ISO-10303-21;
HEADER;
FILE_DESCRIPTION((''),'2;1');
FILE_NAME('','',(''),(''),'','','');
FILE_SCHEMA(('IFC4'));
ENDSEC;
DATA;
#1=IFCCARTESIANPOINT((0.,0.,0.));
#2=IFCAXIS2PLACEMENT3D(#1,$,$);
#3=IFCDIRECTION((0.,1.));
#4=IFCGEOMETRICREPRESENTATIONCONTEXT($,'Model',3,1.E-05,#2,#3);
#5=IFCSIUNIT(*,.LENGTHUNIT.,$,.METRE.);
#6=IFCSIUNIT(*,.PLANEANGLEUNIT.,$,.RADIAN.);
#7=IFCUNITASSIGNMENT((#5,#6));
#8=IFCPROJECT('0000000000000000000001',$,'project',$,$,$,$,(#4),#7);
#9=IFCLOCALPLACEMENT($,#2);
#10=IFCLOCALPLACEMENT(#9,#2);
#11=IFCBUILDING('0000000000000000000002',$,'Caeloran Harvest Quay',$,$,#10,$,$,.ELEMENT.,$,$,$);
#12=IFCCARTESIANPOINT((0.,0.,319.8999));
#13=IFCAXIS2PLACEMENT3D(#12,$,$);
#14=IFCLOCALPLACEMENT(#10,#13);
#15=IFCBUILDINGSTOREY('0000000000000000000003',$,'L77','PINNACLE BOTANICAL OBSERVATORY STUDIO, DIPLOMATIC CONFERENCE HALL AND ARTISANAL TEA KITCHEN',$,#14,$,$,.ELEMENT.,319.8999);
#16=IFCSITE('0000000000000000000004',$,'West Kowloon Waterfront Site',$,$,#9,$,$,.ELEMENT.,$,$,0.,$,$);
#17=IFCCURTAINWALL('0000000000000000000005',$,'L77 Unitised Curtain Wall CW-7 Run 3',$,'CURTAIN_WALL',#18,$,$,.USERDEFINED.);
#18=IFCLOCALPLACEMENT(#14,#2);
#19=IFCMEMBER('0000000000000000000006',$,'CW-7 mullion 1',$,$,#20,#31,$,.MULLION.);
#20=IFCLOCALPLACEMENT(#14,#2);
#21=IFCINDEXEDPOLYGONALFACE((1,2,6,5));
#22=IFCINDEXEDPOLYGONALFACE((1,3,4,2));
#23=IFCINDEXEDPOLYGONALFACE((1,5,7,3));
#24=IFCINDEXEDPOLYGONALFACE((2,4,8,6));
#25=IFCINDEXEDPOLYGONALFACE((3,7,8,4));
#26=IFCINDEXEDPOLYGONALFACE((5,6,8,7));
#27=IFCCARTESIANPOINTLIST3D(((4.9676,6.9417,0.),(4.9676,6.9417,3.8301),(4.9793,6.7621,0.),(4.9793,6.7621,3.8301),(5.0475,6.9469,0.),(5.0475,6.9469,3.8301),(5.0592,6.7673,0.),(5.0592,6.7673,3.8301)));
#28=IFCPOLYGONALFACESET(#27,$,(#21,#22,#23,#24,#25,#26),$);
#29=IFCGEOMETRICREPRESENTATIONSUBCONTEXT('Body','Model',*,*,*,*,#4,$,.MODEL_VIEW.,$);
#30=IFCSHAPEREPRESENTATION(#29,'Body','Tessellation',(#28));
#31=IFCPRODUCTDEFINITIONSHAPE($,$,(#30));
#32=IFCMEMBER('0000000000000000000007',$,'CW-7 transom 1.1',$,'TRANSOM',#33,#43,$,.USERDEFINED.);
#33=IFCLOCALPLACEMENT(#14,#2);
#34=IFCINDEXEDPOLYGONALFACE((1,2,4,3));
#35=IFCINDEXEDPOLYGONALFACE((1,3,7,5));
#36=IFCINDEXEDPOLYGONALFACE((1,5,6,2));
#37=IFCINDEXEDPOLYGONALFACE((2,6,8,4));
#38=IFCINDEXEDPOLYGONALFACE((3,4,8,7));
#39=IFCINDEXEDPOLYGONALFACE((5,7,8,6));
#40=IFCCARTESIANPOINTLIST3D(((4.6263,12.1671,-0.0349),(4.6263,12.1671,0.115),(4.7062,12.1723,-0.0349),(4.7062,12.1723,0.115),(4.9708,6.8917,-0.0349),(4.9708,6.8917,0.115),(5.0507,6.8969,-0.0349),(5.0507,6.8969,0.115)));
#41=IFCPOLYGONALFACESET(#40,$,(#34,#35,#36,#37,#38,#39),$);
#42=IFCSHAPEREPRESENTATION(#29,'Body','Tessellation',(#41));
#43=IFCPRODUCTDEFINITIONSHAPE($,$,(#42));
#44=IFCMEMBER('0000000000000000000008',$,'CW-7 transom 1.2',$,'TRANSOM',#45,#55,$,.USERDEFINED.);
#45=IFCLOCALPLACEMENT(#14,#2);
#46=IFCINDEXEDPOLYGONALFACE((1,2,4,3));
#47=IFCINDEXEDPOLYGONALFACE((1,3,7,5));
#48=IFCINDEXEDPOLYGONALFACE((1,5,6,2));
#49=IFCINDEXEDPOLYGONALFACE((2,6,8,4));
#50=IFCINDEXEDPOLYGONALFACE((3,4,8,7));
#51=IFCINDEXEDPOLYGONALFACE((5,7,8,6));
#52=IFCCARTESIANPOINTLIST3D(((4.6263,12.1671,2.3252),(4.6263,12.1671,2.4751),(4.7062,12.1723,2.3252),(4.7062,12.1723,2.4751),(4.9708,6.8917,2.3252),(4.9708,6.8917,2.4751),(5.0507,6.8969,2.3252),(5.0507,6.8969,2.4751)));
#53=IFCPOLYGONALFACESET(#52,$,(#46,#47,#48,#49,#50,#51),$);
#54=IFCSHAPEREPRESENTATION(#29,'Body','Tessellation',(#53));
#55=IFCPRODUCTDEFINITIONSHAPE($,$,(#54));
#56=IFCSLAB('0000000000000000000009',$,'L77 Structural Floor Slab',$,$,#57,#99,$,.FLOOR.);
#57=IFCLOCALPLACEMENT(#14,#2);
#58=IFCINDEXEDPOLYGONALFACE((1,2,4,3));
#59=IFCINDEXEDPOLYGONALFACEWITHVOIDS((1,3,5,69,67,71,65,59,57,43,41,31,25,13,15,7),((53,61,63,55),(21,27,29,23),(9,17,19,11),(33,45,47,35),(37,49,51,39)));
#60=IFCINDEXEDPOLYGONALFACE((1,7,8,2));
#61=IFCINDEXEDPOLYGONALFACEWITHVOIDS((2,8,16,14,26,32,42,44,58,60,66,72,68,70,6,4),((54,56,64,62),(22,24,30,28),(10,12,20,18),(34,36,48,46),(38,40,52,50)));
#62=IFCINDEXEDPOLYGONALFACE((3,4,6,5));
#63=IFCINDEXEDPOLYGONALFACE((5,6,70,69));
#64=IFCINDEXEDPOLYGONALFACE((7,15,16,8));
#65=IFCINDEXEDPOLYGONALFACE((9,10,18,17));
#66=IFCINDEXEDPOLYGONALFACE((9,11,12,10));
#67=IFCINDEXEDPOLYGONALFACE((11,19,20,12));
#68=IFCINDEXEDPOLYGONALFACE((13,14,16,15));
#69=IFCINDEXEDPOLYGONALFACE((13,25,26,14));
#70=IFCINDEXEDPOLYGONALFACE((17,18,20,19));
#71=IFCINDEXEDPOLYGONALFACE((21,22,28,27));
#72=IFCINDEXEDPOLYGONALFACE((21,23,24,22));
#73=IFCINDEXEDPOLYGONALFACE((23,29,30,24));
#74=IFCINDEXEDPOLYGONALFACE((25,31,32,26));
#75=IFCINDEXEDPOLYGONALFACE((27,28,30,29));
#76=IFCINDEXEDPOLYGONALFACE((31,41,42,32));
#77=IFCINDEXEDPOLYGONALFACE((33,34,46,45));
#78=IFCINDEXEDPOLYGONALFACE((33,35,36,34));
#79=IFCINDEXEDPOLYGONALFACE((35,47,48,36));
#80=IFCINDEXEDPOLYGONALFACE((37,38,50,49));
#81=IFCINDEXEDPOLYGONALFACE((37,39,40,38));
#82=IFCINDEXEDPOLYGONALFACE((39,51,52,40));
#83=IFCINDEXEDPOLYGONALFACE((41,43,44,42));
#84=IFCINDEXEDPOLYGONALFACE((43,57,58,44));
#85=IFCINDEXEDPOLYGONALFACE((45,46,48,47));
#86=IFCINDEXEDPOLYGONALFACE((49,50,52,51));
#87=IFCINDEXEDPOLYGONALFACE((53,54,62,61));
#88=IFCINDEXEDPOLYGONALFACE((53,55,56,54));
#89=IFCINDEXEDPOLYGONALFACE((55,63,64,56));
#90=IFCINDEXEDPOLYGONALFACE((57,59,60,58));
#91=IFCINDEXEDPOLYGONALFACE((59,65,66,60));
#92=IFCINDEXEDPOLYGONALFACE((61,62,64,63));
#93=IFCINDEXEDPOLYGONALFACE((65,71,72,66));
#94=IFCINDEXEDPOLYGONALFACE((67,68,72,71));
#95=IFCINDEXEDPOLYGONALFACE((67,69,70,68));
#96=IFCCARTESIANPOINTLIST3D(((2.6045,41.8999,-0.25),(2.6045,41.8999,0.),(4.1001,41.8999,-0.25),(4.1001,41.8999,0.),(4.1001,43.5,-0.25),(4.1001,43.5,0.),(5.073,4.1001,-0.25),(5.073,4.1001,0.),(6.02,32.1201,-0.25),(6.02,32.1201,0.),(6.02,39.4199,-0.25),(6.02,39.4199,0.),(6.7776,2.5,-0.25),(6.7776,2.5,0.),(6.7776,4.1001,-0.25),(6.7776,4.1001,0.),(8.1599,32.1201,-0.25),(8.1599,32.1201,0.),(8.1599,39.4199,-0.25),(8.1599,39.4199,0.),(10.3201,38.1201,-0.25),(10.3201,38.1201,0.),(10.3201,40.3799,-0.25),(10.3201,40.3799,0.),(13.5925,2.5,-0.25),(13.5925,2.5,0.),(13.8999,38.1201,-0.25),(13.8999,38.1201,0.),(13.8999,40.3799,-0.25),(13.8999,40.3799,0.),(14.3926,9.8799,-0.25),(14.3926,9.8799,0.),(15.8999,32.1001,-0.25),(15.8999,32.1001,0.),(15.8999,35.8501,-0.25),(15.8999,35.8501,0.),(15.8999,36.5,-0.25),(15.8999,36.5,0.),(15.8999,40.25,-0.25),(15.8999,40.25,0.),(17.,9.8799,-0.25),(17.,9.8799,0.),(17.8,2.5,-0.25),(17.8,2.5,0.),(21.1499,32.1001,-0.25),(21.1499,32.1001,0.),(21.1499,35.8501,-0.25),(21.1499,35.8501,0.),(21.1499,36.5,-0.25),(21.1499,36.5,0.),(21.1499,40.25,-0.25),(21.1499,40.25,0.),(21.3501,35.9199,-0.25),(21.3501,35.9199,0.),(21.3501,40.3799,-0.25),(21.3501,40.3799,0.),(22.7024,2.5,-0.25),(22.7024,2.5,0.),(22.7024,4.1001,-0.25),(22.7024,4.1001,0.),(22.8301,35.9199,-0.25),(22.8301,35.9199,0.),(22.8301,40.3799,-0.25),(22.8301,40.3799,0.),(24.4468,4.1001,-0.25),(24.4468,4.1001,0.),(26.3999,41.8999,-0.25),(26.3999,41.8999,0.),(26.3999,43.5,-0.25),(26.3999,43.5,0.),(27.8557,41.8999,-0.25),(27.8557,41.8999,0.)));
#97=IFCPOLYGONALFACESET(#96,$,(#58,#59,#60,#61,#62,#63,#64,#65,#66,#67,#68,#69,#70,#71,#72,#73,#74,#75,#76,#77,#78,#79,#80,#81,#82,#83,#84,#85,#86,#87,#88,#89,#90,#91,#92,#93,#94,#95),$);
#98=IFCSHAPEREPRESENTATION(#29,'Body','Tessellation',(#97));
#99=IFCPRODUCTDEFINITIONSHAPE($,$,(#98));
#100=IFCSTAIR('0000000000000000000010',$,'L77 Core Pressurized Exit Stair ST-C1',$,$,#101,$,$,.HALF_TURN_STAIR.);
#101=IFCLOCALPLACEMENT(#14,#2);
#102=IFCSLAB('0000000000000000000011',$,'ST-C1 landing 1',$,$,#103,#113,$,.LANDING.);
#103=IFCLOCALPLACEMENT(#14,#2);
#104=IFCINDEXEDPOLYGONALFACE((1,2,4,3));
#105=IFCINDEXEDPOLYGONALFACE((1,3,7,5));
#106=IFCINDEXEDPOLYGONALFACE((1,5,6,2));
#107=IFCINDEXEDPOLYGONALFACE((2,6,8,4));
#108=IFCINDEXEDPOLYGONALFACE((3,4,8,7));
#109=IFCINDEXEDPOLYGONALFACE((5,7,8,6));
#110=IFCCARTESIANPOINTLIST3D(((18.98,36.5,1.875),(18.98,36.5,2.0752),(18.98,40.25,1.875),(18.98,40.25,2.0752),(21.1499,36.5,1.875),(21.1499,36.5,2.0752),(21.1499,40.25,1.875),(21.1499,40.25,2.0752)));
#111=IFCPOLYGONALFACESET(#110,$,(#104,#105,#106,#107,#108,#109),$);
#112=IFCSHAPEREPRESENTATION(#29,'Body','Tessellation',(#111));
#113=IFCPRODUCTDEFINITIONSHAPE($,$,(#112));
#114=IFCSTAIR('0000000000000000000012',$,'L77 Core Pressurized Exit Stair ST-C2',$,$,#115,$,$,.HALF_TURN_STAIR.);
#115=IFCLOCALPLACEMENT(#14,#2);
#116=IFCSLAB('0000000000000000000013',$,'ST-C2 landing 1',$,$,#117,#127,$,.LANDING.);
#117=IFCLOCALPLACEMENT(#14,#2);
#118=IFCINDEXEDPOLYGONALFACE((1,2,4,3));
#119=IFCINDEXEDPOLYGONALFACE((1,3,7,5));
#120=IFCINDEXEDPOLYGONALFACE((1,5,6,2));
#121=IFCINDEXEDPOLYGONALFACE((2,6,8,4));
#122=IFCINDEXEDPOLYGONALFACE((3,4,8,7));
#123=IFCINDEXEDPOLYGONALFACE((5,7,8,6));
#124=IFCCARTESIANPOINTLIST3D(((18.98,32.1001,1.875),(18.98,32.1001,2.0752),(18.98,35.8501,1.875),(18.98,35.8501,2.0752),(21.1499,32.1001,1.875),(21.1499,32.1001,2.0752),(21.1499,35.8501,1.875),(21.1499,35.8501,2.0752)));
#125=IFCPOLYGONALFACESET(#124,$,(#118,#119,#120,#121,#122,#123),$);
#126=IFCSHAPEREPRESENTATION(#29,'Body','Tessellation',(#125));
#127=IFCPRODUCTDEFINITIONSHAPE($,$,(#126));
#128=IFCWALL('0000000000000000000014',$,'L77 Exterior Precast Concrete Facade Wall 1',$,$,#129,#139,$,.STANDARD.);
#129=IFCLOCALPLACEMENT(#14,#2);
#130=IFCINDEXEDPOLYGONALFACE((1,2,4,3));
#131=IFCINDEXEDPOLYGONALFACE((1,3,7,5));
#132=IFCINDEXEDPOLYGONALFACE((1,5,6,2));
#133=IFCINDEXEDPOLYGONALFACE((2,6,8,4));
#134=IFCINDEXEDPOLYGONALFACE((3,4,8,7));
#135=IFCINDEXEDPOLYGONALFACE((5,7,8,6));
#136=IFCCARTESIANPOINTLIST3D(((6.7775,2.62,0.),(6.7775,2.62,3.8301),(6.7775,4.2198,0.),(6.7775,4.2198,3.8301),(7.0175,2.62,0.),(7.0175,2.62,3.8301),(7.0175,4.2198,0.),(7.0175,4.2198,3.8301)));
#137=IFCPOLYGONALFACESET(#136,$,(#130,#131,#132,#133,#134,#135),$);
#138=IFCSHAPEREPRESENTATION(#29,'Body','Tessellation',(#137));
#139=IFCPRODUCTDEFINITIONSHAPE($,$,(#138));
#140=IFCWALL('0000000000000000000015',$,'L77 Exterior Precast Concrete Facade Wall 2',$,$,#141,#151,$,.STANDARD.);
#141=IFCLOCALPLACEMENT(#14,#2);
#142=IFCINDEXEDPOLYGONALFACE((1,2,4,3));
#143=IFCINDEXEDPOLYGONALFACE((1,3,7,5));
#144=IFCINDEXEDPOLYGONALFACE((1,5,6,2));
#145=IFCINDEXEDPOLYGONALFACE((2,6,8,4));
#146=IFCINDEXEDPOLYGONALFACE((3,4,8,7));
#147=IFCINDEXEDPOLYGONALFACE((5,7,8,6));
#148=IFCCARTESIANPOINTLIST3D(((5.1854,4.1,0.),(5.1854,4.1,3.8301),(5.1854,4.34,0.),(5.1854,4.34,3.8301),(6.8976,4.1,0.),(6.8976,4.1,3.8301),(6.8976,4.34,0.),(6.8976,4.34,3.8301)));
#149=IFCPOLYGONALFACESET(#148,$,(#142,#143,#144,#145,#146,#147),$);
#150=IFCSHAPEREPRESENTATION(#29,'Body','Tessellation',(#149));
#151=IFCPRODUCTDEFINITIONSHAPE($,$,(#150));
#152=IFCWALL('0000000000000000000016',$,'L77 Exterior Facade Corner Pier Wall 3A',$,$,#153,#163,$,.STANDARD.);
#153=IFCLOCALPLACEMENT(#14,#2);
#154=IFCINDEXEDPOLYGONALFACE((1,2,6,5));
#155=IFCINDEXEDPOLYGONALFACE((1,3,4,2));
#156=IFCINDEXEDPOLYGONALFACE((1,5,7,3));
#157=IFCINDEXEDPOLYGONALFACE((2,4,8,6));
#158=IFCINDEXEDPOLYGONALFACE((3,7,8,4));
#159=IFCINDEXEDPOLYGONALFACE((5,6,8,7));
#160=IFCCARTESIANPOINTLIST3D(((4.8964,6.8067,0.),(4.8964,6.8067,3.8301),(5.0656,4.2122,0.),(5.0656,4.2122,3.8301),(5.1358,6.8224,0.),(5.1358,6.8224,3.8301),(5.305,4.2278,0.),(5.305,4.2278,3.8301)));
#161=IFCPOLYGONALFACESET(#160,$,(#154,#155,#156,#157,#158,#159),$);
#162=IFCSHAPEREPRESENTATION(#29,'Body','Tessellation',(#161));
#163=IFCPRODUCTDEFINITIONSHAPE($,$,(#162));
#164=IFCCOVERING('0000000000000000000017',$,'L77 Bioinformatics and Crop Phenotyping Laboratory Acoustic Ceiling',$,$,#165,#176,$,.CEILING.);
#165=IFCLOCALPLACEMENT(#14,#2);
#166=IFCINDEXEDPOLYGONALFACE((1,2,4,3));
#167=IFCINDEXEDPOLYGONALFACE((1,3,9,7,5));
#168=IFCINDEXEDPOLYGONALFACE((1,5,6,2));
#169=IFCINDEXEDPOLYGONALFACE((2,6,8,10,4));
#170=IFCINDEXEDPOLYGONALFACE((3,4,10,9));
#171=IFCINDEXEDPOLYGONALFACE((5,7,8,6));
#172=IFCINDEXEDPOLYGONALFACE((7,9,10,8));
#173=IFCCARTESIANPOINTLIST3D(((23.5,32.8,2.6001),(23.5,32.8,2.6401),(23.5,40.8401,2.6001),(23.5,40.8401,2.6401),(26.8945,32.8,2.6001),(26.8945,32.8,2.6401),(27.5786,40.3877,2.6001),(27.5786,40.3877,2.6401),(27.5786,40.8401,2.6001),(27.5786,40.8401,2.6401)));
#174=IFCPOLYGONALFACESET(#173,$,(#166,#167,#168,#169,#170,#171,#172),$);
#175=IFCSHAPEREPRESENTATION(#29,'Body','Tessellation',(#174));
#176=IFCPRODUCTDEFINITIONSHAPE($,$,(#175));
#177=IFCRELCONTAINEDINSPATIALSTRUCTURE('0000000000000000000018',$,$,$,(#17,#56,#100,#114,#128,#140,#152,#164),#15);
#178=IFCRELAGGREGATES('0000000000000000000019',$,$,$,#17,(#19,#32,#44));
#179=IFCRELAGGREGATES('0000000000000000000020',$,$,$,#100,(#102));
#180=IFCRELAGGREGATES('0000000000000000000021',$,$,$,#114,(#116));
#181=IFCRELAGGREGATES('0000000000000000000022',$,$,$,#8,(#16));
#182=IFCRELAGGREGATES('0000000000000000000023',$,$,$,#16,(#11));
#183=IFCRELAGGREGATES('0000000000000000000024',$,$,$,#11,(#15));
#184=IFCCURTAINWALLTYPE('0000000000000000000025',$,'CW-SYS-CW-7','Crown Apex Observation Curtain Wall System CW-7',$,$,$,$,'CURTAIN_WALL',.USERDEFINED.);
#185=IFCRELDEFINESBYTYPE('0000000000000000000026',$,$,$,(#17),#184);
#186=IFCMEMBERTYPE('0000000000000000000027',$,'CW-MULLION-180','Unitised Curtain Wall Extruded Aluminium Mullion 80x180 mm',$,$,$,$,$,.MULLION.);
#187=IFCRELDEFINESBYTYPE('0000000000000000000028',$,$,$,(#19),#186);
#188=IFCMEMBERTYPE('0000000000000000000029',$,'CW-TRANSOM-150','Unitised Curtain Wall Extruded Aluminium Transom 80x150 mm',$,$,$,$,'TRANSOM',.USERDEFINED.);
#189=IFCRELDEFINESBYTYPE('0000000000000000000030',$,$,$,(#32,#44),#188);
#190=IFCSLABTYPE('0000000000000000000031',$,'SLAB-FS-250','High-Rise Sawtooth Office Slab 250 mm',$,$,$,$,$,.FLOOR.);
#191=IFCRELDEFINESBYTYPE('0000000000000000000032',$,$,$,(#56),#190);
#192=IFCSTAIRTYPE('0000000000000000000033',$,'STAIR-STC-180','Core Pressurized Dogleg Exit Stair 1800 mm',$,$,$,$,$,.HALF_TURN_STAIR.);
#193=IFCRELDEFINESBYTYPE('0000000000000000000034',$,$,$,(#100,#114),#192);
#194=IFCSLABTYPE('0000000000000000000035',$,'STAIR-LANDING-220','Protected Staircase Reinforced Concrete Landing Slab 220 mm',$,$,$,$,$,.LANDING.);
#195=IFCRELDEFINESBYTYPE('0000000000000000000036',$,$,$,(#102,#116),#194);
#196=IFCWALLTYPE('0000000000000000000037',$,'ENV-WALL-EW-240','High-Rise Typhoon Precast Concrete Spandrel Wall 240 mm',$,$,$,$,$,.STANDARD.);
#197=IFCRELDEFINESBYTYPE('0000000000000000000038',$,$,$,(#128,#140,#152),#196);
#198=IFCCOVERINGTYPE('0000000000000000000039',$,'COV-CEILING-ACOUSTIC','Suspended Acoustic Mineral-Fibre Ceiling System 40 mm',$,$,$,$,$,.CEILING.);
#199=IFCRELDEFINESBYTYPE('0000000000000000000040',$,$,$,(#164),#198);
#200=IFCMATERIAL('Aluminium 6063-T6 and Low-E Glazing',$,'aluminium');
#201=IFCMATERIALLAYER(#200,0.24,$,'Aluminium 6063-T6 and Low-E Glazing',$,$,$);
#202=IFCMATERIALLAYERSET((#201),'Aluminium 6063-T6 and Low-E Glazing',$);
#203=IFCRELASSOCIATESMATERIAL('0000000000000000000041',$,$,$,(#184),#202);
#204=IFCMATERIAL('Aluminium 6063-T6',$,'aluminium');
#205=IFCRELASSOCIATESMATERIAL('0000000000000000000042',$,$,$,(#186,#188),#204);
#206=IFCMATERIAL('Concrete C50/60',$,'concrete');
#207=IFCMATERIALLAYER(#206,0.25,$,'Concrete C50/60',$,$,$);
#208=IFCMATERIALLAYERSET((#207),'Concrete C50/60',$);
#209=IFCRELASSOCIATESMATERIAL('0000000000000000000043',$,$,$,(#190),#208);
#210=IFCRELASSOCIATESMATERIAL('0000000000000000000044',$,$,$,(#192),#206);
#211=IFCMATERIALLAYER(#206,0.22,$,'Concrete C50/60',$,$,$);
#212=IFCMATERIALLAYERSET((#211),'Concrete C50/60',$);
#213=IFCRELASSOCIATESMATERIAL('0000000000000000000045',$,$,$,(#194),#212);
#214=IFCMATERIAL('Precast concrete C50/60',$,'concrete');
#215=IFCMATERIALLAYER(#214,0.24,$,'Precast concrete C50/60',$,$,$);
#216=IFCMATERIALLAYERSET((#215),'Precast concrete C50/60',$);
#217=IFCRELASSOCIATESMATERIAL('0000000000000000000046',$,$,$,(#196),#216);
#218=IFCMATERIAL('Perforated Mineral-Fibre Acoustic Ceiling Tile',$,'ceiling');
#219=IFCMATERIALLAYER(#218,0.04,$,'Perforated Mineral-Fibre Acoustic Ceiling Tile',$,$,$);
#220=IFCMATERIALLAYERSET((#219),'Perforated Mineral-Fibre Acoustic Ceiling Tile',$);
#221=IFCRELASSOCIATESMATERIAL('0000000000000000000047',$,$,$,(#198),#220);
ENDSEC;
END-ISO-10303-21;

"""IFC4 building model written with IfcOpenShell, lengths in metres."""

from ifc_helpers import new_model, si_unit, direction, frame, frame_2d, origin, origin_2d, place, context, subcontext, project, spatial, polyline, rectangle, outline, extrude, material, layer, layer_set, material_profile, profile_set, type_object, element, aggregate, save


model = new_model("IFC4")

# Units and contexts
model_context = context("Model", 3, precision=1e-05, world=origin(), true_north=direction((0.0, 1.0)))
body_context = subcontext(model_context, "Body", "Model", "MODEL_VIEW")
ifc_project = project(units=[si_unit("LENGTHUNIT", "METRE"), si_unit("PLANEANGLEUNIT", "RADIAN")], contexts=[model_context])

# Site, building, storey
site_placement = place(None, origin())
site = spatial("IfcSite", under=ifc_project, at=site_placement, Name="West Kowloon Waterfront Site", CompositionType="ELEMENT", RefElevation=0.0)
building_placement = place(site_placement, origin())
building = spatial("IfcBuilding", under=site, at=building_placement, Name="Caeloran Harvest Quay", CompositionType="ELEMENT")
storey_placement = place(building_placement, frame((0.0, 0.0, 319.8999)))
storey = spatial("IfcBuildingStorey", under=building, at=storey_placement, Name="L77", Description="PINNACLE BOTANICAL OBSERVATORY STUDIO, DIPLOMATIC CONFERENCE HALL AND ARTISANAL TEA KITCHEN", CompositionType="ELEMENT", Elevation=319.8999)

# Curtain wall, members
ifc_material_1 = material(Name="Aluminium 6063-T6 and Low-E Glazing", Category="aluminium")
ifc_layer_1 = layer(ifc_material_1, 0.24, Name="Aluminium 6063-T6 and Low-E Glazing")
ifc_layer_set_1 = layer_set([ifc_layer_1], Name="Aluminium 6063-T6 and Low-E Glazing")
curtain_wall_type = type_object("IfcCurtainWallType", Name="CW-SYS-CW-7", Description="Crown Apex Observation Curtain Wall System CW-7", ElementType="CURTAIN_WALL", PredefinedType="USERDEFINED", material=ifc_layer_set_1)
curtain_wall_placement = place(storey_placement, origin())
curtain_wall = element("IfcCurtainWall", 1, at=curtain_wall_placement, inside=storey, type_object=curtain_wall_type, Name="L77 Unitised Curtain Wall CW-7 Run 3", ObjectType="CURTAIN_WALL", PredefinedType="USERDEFINED")
ifc_material_2 = material(Name="Aluminium 6063-T6", Category="aluminium")
ifc_material_profile_1 = material_profile(ifc_material_2, rectangle(XDim=0.0801, YDim=0.1799, at=origin_2d()), Name="CW-MULLION-180")
ifc_profile_set_1 = profile_set([ifc_material_profile_1], Name="Aluminium 6063-T6")
member_type_1 = type_object("IfcMemberType", Name="CW-MULLION-180", Description="Unitised Curtain Wall Extruded Aluminium Mullion 80x180 mm", PredefinedType="MULLION", material=ifc_profile_set_1)
member_1_placement = place(storey_placement, frame((5.0134, 6.8545, 0.0), z_axis=(0.0, 0.0, 1.0), x_axis=(-0.997874, -0.065167, 0.0)))
member_1 = element("IfcMember", 2, at=member_1_placement, type_object=member_type_1, Name="CW-7 mullion 1", PredefinedType="MULLION", context=body_context, shape_type="SweptSolid", body=[
    extrude(rectangle(XDim=0.0801, YDim=0.1799, at=origin_2d()), origin(), (0.0, 0.0, 1.0), 3.8301),
])
ifc_material_profile_2 = material_profile(ifc_material_2, rectangle(XDim=0.0801, YDim=0.1499, at=origin_2d()), Name="CW-TRANSOM-150")
ifc_profile_set_2 = profile_set([ifc_material_profile_2], Name="Aluminium 6063-T6")
member_type_2 = type_object("IfcMemberType", Name="CW-TRANSOM-150", Description="Unitised Curtain Wall Extruded Aluminium Transom 80x150 mm", ElementType="TRANSOM", PredefinedType="USERDEFINED", material=ifc_profile_set_2)
member_2_placement = place(storey_placement, frame((5.0107, 6.8943, 0.04), z_axis=(-0.065161, 0.997875, 0.0), x_axis=(-0.997875, -0.065161, 0.0)))
member_2 = element("IfcMember", 3, at=member_2_placement, type_object=member_type_2, Name="CW-7 transom 1.1", ObjectType="TRANSOM", PredefinedType="USERDEFINED", context=body_context, shape_type="SweptSolid", body=[
    extrude(rectangle(XDim=0.0801, YDim=0.1499, at=origin_2d()), origin(), (0.0, 0.0, 1.0), 5.2866),
])
member_3_placement = place(storey_placement, frame((5.0107, 6.8943, 2.4001), z_axis=(-0.065161, 0.997875, 0.0), x_axis=(-0.997875, -0.065161, 0.0)))
member_3 = element("IfcMember", 4, at=member_3_placement, type_object=member_type_2, Name="CW-7 transom 1.2", ObjectType="TRANSOM", PredefinedType="USERDEFINED", context=body_context, shape_type="SweptSolid", body=[
    extrude(rectangle(XDim=0.0801, YDim=0.1499, at=origin_2d()), origin(), (0.0, 0.0, 1.0), 5.2866),
])
aggregate(curtain_wall, [member_1, member_2, member_3])

# Slab
ifc_material_3 = material(Name="Concrete C50/60", Category="concrete")
ifc_layer_2 = layer(ifc_material_3, 0.25, Name="Concrete C50/60")
ifc_layer_set_2 = layer_set([ifc_layer_2], Name="Concrete C50/60")
slab_type_1 = type_object("IfcSlabType", Name="SLAB-FS-250", Description="High-Rise Sawtooth Office Slab 250 mm", PredefinedType="FLOOR", material=ifc_layer_set_2)
slab_1_placement = place(storey_placement, frame((0.0, 0.0, -0.25)))
element("IfcSlab", 5, at=slab_1_placement, inside=storey, type_object=slab_type_1, Name="L77 Structural Floor Slab", PredefinedType="FLOOR", context=body_context, shape_type="SweptSolid", body=[
    extrude(outline(polyline([(6.7776, 2.5), (13.5925, 2.5), (14.3926, 9.8799), (17.0, 9.8799), (17.8, 2.5), (22.7024, 2.5), (22.7024, 4.1001), (24.4468, 4.1001), (27.8557, 41.8999), (26.3999, 41.8999), (26.3999, 43.5), (4.1001, 43.5), (4.1001, 41.8999), (2.6045, 41.8999), (5.073, 4.1001), (6.7776, 4.1001), (6.7776, 2.5)]), holes=[polyline([(21.1499, 32.1001), (15.8999, 32.1001), (15.8999, 35.8501), (21.1499, 35.8501), (21.1499, 32.1001)]), polyline([(8.1599, 39.4199), (8.1599, 32.1201), (6.02, 32.1201), (6.02, 39.4199), (8.1599, 39.4199)]), polyline([(22.8301, 40.3799), (22.8301, 35.9199), (21.3501, 35.9199), (21.3501, 40.3799), (22.8301, 40.3799)]), polyline([(15.8999, 36.5), (15.8999, 40.25), (21.1499, 40.25), (21.1499, 36.5), (15.8999, 36.5)]), polyline([(13.8999, 38.1201), (10.3201, 38.1201), (10.3201, 40.3799), (13.8999, 40.3799), (13.8999, 38.1201)])]), origin(), (0.0, 0.0, 1.0), 0.25),
])

# Stairs, slabs
stair_type = type_object("IfcStairType", Name="STAIR-STC-180", Description="Core Pressurized Dogleg Exit Stair 1800 mm", PredefinedType="HALF_TURN_STAIR", material=ifc_material_3)
stair_1_placement = place(storey_placement, origin())
stair_1 = element("IfcStair", 6, at=stair_1_placement, inside=storey, type_object=stair_type, Name="L77 Core Pressurized Exit Stair ST-C1", PredefinedType="HALF_TURN_STAIR")
ifc_layer_3 = layer(ifc_material_3, 0.22, Name="Concrete C50/60")
ifc_layer_set_3 = layer_set([ifc_layer_3], Name="Concrete C50/60")
slab_type_2 = type_object("IfcSlabType", Name="STAIR-LANDING-220", Description="Protected Staircase Reinforced Concrete Landing Slab 220 mm", PredefinedType="LANDING", material=ifc_layer_set_3)
slab_2_placement = place(storey_placement, frame((0.0, 0.0, 1.875)))
slab_2 = element("IfcSlab", 7, at=slab_2_placement, type_object=slab_type_2, Name="ST-C1 landing 1", PredefinedType="LANDING", context=body_context, shape_type="SweptSolid", body=[
    extrude(outline(polyline([(18.98, 36.5), (21.1499, 36.5), (21.1499, 40.25), (18.98, 40.25), (18.98, 36.5)])), origin(), (0.0, 0.0, 1.0), 0.2002),
])
aggregate(stair_1, [slab_2])
stair_2_placement = place(storey_placement, origin())
stair_2 = element("IfcStair", 8, at=stair_2_placement, inside=storey, type_object=stair_type, Name="L77 Core Pressurized Exit Stair ST-C2", PredefinedType="HALF_TURN_STAIR")
slab_3_placement = place(storey_placement, frame((0.0, 0.0, 1.875)))
slab_3 = element("IfcSlab", 9, at=slab_3_placement, type_object=slab_type_2, Name="ST-C2 landing 1", PredefinedType="LANDING", context=body_context, shape_type="SweptSolid", body=[
    extrude(outline(polyline([(18.98, 32.1001), (21.1499, 32.1001), (21.1499, 35.8501), (18.98, 35.8501), (18.98, 32.1001)])), origin(), (0.0, 0.0, 1.0), 0.2002),
])
aggregate(stair_2, [slab_3])

# Walls
ifc_material_4 = material(Name="Precast concrete C50/60", Category="concrete")
ifc_layer_4 = layer(ifc_material_4, 0.24, Name="Precast concrete C50/60")
ifc_layer_set_4 = layer_set([ifc_layer_4], Name="Precast concrete C50/60")
wall_type = type_object("IfcWallType", Name="ENV-WALL-EW-240", Description="High-Rise Typhoon Precast Concrete Spandrel Wall 240 mm", PredefinedType="STANDARD", material=ifc_layer_set_4)
wall_1_placement = place(storey_placement, frame((6.8975, 2.6201, 0.0), z_axis=(0.0, 0.0, 1.0), x_axis=(0.0, 1.0, 0.0)))
element("IfcWall", 10, at=wall_1_placement, inside=storey, type_object=wall_type, Name="L77 Exterior Precast Concrete Facade Wall 1", PredefinedType="STANDARD", context=body_context, shape_type="SweptSolid", body=[
    extrude(rectangle(XDim=1.5999, YDim=0.24, at=frame_2d((0.7998, 0.0))), origin(), (0.0, 0.0, 1.0), 3.8301),
])
wall_2_placement = place(storey_placement, frame((6.8975, 4.22, 0.0), z_axis=(0.0, 0.0, 1.0), x_axis=(-1.0, 0.0, 0.0)))
element("IfcWall", 11, at=wall_2_placement, inside=storey, type_object=wall_type, Name="L77 Exterior Precast Concrete Facade Wall 2", PredefinedType="STANDARD", context=body_context, shape_type="SweptSolid", body=[
    extrude(rectangle(XDim=1.7122, YDim=0.24, at=frame_2d((0.856, 0.0))), origin(), (0.0, 0.0, 1.0), 3.8301),
])
wall_3_placement = place(storey_placement, frame((5.1853, 4.22, 0.0), z_axis=(0.0, 0.0, 1.0), x_axis=(-0.065073, 0.997881, 0.0)))
element("IfcWall", 12, at=wall_3_placement, inside=storey, type_object=wall_type, Name="L77 Exterior Facade Corner Pier Wall 3A", PredefinedType="STANDARD", context=body_context, shape_type="SweptSolid", body=[
    extrude(rectangle(XDim=2.6001, YDim=0.24, at=frame_2d((1.3, 0.0))), origin(), (0.0, 0.0, 1.0), 3.8301),
])

# Covering
ifc_material_5 = material(Name="Perforated Mineral-Fibre Acoustic Ceiling Tile", Category="ceiling")
ifc_layer_5 = layer(ifc_material_5, 0.04, Name="Perforated Mineral-Fibre Acoustic Ceiling Tile")
ifc_layer_set_5 = layer_set([ifc_layer_5], Name="Perforated Mineral-Fibre Acoustic Ceiling Tile")
covering_type_1 = type_object("IfcCoveringType", Name="COV-CEILING-ACOUSTIC", Description="Suspended Acoustic Mineral-Fibre Ceiling System 40 mm", PredefinedType="CEILING", material=ifc_layer_set_5)
covering_1_placement = place(storey_placement, frame((0.0, 0.0, 2.6001)))
element("IfcCovering", 13, at=covering_1_placement, inside=storey, type_object=covering_type_1, Name="L77 Bioinformatics and Crop Phenotyping Laboratory Acoustic Ceiling", PredefinedType="CEILING", context=body_context, shape_type="SweptSolid", body=[
    extrude(outline(polyline([(27.5786, 40.3877), (26.8945, 32.8), (23.5, 32.8), (23.5, 40.8401), (27.5786, 40.8401), (27.5786, 40.3877)])), origin(), (0.0, 0.0, 1.0), 0.04),
])

save(model, "model.ifc")
